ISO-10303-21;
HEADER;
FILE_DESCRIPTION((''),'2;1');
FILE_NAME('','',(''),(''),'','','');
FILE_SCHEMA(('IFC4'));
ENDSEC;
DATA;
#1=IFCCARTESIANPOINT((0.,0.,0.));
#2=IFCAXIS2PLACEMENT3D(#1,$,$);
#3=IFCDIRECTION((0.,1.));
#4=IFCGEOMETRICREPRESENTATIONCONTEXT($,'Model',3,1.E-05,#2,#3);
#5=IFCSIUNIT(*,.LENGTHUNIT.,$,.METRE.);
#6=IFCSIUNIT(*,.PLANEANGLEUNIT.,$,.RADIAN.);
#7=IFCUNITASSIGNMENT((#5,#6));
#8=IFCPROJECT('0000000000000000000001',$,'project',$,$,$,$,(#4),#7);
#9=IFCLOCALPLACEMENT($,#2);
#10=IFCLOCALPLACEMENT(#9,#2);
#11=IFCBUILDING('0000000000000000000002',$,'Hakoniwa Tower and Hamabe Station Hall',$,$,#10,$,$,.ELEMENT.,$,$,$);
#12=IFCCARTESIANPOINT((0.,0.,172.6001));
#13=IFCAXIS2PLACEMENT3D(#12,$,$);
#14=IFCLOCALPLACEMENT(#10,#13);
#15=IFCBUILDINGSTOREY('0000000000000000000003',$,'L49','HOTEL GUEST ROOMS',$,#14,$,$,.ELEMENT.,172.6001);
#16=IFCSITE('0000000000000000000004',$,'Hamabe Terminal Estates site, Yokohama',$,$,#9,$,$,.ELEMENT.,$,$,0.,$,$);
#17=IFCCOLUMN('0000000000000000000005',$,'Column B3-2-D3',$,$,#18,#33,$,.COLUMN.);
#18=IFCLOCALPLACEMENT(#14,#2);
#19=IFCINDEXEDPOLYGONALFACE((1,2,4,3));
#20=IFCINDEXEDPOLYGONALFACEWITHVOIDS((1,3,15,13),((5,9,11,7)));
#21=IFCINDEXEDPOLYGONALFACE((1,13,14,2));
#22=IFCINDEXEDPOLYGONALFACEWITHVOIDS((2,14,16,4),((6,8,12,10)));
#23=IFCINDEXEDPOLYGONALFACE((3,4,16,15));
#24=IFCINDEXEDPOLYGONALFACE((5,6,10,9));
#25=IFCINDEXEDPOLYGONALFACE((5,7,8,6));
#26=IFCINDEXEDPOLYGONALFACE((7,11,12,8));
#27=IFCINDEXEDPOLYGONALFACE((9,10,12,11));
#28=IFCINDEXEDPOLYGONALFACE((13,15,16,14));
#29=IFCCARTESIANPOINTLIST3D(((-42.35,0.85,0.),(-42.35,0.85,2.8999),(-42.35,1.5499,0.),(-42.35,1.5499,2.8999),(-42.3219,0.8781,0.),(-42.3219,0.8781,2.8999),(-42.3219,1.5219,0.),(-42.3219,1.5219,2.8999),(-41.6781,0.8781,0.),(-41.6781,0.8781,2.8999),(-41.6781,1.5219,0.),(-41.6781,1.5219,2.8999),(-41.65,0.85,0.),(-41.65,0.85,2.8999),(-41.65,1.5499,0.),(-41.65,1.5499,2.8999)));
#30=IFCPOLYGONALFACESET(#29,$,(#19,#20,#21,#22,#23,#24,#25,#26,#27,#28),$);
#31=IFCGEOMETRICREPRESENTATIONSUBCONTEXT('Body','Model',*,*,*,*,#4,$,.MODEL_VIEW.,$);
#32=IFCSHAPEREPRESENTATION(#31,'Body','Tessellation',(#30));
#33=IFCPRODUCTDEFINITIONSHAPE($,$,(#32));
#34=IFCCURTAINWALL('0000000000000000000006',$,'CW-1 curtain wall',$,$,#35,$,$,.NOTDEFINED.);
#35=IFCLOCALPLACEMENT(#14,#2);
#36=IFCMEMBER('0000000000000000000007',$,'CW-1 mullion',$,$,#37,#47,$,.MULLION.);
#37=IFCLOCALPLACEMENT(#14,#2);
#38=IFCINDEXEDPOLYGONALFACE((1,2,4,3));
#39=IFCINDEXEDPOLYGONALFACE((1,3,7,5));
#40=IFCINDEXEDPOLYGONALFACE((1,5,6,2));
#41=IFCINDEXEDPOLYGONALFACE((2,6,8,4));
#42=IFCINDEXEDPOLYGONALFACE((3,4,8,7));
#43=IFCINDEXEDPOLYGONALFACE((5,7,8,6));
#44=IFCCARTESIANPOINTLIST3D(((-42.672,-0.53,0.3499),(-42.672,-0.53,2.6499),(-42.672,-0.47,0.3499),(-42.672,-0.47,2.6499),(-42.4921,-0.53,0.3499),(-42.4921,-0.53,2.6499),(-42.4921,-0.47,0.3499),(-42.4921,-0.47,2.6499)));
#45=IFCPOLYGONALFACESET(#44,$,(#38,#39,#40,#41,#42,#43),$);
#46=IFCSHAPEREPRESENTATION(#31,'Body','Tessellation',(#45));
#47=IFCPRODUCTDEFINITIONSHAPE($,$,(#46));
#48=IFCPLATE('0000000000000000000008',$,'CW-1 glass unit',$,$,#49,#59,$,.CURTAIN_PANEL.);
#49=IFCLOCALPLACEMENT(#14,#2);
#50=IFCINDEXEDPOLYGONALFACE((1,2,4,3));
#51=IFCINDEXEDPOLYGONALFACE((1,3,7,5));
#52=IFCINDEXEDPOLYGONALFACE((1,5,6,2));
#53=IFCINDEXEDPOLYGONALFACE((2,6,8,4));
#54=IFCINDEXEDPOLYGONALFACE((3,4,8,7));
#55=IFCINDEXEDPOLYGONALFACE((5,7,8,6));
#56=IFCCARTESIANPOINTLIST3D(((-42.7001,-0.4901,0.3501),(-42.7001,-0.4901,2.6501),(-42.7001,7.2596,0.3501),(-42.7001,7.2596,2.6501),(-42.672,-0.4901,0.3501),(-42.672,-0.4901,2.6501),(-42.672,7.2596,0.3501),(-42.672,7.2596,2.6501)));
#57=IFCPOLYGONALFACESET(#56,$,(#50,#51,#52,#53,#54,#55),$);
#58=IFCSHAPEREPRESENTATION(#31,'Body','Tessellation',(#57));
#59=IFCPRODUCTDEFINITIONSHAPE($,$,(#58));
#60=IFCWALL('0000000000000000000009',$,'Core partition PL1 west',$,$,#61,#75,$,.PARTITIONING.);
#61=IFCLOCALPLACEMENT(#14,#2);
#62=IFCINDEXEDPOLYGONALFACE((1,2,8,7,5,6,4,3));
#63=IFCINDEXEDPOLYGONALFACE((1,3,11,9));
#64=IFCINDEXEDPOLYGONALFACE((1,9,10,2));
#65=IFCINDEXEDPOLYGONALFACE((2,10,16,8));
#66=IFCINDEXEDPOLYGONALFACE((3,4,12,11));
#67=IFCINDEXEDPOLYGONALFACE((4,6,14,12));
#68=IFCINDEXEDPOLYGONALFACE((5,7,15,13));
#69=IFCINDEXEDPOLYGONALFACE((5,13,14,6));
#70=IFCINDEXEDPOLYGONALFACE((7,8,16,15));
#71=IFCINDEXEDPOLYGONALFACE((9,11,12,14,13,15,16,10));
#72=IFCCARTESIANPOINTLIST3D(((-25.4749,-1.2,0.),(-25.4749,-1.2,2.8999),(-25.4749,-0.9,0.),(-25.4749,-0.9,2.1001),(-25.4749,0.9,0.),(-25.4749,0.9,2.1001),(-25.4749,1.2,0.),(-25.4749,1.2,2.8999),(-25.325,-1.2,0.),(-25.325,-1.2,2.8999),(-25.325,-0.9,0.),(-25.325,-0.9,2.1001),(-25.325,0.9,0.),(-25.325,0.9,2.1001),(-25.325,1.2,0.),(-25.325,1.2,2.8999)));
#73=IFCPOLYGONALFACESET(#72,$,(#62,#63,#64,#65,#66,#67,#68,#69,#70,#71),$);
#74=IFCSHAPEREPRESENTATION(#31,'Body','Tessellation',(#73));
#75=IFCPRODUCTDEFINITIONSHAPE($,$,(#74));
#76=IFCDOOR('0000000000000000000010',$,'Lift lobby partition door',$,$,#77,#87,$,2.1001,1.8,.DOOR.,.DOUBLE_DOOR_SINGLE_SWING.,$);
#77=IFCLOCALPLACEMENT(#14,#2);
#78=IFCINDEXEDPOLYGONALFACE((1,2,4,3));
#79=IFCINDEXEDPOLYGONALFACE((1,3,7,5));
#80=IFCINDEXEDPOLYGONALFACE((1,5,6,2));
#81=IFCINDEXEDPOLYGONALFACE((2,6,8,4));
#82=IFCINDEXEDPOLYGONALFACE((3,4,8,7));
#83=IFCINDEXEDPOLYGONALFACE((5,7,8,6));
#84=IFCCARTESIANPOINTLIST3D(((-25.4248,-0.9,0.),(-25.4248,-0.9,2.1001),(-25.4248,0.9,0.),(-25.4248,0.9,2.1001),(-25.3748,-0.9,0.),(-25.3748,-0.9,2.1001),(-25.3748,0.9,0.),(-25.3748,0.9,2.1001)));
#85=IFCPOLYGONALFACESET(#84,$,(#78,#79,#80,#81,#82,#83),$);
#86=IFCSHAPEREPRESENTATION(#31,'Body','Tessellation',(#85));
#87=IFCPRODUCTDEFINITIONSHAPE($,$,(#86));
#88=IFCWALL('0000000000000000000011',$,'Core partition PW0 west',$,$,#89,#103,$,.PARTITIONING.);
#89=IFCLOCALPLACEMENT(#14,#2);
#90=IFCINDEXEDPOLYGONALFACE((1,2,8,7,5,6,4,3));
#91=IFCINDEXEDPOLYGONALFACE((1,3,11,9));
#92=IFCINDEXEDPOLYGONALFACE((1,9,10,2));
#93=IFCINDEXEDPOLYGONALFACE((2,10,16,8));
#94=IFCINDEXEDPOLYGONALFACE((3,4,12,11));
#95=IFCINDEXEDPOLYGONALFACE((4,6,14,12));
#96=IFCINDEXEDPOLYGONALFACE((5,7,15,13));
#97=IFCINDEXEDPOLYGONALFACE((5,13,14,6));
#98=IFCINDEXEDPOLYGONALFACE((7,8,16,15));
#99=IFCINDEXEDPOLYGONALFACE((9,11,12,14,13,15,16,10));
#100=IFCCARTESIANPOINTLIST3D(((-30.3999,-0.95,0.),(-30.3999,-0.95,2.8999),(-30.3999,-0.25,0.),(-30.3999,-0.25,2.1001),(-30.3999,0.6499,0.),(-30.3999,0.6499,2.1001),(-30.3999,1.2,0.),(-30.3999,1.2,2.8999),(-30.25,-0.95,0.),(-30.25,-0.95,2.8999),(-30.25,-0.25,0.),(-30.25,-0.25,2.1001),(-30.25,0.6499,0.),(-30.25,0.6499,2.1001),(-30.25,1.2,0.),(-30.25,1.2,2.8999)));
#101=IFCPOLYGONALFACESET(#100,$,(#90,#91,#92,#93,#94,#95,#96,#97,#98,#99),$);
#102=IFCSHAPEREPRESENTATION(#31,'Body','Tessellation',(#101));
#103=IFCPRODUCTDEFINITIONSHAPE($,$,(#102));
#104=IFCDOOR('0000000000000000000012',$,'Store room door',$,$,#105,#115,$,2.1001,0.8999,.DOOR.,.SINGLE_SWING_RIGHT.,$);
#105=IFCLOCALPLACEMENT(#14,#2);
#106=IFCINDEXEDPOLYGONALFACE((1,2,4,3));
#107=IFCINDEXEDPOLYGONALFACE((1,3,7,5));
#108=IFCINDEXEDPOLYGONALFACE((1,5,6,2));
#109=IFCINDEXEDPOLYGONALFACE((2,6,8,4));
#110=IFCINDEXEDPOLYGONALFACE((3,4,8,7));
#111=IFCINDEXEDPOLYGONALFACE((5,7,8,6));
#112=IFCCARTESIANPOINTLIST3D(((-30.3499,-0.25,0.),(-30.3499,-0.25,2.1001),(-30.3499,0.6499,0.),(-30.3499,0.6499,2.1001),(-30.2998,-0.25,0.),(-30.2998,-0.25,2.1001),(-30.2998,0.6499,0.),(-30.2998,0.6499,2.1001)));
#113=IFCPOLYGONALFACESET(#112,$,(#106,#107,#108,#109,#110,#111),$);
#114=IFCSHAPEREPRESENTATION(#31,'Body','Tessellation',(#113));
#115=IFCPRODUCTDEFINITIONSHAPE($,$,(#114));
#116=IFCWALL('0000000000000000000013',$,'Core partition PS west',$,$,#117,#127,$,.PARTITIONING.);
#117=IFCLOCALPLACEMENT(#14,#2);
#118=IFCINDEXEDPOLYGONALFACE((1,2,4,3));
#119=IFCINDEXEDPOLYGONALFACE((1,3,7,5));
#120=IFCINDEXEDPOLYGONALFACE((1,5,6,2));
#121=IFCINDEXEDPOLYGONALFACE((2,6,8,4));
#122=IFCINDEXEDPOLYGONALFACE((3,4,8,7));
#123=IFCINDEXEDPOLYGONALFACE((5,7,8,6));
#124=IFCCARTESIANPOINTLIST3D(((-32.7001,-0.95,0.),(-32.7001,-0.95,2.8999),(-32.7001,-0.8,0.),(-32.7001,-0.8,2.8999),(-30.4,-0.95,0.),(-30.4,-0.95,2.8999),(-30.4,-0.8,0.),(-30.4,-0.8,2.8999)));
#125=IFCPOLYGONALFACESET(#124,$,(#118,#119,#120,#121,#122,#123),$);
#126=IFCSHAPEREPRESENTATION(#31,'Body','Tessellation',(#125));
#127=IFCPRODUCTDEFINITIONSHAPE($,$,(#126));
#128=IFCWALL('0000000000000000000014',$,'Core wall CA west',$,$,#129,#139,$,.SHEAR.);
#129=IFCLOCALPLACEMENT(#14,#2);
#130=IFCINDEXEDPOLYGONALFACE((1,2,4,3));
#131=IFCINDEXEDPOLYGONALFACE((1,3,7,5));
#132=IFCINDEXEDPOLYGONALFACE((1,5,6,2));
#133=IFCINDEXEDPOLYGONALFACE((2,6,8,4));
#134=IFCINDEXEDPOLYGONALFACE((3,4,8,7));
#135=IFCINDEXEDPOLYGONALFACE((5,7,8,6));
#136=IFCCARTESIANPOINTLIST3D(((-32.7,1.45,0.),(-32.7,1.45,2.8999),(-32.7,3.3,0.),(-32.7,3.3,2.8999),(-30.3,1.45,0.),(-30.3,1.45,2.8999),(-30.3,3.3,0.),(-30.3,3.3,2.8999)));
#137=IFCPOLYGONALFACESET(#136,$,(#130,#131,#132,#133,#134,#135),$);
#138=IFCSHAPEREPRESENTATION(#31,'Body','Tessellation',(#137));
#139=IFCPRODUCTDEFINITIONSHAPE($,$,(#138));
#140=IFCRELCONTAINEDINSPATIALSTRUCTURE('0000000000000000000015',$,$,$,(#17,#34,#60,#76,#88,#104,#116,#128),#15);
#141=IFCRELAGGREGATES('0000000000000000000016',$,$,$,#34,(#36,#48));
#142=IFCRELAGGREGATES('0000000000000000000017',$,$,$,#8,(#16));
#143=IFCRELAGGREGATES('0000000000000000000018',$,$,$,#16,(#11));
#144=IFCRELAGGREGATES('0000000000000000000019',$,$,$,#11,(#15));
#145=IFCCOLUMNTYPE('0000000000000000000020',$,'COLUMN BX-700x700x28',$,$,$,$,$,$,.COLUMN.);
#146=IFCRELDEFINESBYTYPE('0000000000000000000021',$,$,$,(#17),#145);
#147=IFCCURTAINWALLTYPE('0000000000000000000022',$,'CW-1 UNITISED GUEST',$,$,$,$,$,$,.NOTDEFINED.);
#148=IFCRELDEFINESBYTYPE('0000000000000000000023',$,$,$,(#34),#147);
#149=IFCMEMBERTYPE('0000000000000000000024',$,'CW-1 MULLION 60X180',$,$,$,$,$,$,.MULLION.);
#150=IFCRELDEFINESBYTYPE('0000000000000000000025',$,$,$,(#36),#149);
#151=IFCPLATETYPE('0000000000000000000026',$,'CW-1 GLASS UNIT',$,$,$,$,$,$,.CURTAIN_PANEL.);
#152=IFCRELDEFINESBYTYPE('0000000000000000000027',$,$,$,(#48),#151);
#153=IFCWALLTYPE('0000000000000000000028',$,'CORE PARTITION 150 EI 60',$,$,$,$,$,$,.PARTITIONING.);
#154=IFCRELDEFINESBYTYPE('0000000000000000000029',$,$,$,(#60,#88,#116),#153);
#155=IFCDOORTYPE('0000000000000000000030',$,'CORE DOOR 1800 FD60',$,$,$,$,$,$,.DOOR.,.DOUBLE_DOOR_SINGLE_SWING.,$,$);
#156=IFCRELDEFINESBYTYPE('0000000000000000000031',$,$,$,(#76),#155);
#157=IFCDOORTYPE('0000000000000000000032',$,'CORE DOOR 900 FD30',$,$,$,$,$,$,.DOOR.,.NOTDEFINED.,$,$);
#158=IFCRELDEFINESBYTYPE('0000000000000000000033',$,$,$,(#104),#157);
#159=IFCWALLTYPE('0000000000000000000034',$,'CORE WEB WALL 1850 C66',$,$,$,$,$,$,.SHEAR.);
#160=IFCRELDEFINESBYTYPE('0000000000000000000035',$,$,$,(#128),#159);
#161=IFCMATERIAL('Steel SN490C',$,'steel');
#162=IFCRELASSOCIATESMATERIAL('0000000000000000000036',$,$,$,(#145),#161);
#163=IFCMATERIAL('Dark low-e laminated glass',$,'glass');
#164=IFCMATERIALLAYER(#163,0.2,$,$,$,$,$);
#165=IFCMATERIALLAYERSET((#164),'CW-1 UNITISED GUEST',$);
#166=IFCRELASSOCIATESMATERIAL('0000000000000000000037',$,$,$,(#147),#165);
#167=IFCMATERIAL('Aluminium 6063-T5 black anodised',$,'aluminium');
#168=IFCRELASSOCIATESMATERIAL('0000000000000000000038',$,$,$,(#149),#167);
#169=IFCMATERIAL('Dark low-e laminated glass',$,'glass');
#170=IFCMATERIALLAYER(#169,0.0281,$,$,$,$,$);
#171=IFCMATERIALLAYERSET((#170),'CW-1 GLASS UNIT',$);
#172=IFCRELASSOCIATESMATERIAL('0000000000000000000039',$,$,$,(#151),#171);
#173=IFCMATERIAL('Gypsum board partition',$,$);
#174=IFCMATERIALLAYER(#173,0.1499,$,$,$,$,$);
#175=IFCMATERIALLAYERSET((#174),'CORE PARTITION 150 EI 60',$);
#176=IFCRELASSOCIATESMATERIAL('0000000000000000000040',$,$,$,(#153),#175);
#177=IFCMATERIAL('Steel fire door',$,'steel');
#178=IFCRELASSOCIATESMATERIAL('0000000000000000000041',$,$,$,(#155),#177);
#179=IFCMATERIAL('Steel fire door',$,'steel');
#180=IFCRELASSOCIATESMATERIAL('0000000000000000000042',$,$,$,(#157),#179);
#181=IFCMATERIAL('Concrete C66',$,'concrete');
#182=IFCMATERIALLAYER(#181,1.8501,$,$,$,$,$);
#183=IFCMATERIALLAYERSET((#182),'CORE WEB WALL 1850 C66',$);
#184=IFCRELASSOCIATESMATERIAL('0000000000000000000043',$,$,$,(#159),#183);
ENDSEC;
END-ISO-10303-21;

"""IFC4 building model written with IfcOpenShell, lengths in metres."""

from ifc_helpers import new_model, si_unit, direction, frame, frame_2d, origin, origin_2d, place, context, subcontext, project, spatial, rectangle, hollow_rectangle, extrude, material, layer, layer_set, material_profile, profile_set, type_object, element, fill, aggregate, save


model = new_model("IFC4")

# Units and contexts
model_context = context("Model", 3, precision=1e-05, world=origin(), true_north=direction((0.0, 1.0)))
body_context = subcontext(model_context, "Body", "Model", "MODEL_VIEW")
ifc_project = project(units=[si_unit("LENGTHUNIT", "METRE"), si_unit("PLANEANGLEUNIT", "RADIAN")], contexts=[model_context])

# Site, building, storey
site_placement = place(None, origin())
site = spatial("IfcSite", under=ifc_project, at=site_placement, Name="Hamabe Terminal Estates site, Yokohama", CompositionType="ELEMENT", RefElevation=0.0)
building_placement = place(site_placement, origin())
building = spatial("IfcBuilding", under=site, at=building_placement, Name="Hakoniwa Tower and Hamabe Station Hall", CompositionType="ELEMENT")
storey_placement = place(building_placement, frame((0.0, 0.0, 172.6001)))
storey = spatial("IfcBuildingStorey", under=building, at=storey_placement, Name="L49", Description="HOTEL GUEST ROOMS", CompositionType="ELEMENT", Elevation=172.6001)

# Column
ifc_material_1 = material(Name="Steel SN490C", Category="steel")
ifc_material_profile_1 = material_profile(ifc_material_1, hollow_rectangle(XDim=0.7, YDim=0.7, WallThickness=0.0281, at=origin_2d()), Name="BX-700x700x28")
ifc_profile_set_1 = profile_set([ifc_material_profile_1], Name="Steel SN490C")
column_type = type_object("IfcColumnType", Name="COLUMN BX-700x700x28", PredefinedType="COLUMN", material=ifc_profile_set_1)
column_placement = place(storey_placement, frame((-42.0, 1.2, 0.0), z_axis=(0.0, 0.0, 1.0), x_axis=(1.0, 0.0, 0.0)))
element("IfcColumn", 1, at=column_placement, inside=storey, type_object=column_type, Name="Column B3-2-D3", PredefinedType="COLUMN", context=body_context, shape_type="SweptSolid", body=[
    extrude(hollow_rectangle(XDim=0.7, YDim=0.7, WallThickness=0.0281, at=origin_2d()), origin(), (0.0, 0.0, 1.0), 2.8999),
])

# Curtain wall, member, plate
ifc_material_2 = material(Name="Dark low-e laminated glass", Category="glass")
ifc_layer_1 = layer(ifc_material_2, 0.2)
ifc_layer_set_1 = layer_set([ifc_layer_1], Name="CW-1 UNITISED GUEST")
curtain_wall_type = type_object("IfcCurtainWallType", Name="CW-1 UNITISED GUEST", PredefinedType="NOTDEFINED", material=ifc_layer_set_1)
curtain_wall_placement = place(storey_placement, origin())
curtain_wall = element("IfcCurtainWall", 2, at=curtain_wall_placement, inside=storey, type_object=curtain_wall_type, Name="CW-1 curtain wall", PredefinedType="NOTDEFINED")
ifc_material_3 = material(Name="Aluminium 6063-T5 black anodised", Category="aluminium")
ifc_material_profile_2 = material_profile(ifc_material_3, rectangle(XDim=0.0601, YDim=0.1799, at=origin_2d()), Name="CW-1 MULLION 60X180")
ifc_profile_set_2 = profile_set([ifc_material_profile_2], Name="Aluminium 6063-T5 black anodised")
member_type = type_object("IfcMemberType", Name="CW-1 MULLION 60X180", PredefinedType="MULLION", material=ifc_profile_set_2)
member_placement = place(storey_placement, frame((-42.582, -0.5, 0.3499), z_axis=(0.0, 0.0, 1.0), x_axis=(0.0, -1.0, 0.0)))
member = element("IfcMember", 3, at=member_placement, type_object=member_type, Name="CW-1 mullion", PredefinedType="MULLION", context=body_context, shape_type="SweptSolid", body=[
    extrude(rectangle(XDim=0.0601, YDim=0.1799, at=origin_2d()), origin(), (0.0, 0.0, 1.0), 2.3),
])
ifc_material_4 = material(Name="Dark low-e laminated glass", Category="glass")
ifc_layer_2 = layer(ifc_material_4, 0.0281)
ifc_layer_set_2 = layer_set([ifc_layer_2], Name="CW-1 GLASS UNIT")
plate_type = type_object("IfcPlateType", Name="CW-1 GLASS UNIT", PredefinedType="CURTAIN_PANEL", material=ifc_layer_set_2)
plate_placement = place(storey_placement, frame((-42.686, 3.3848, 0.3501), z_axis=(0.0, 0.0, 1.0), x_axis=(0.0, -1.0, 0.0)))
plate = element("IfcPlate", 4, at=plate_placement, type_object=plate_type, Name="CW-1 glass unit", PredefinedType="CURTAIN_PANEL", context=body_context, shape_type="SweptSolid", body=[
    extrude(rectangle(XDim=7.7498, YDim=0.0281, at=origin_2d()), origin(), (0.0, 0.0, 1.0), 2.3),
])
aggregate(curtain_wall, [member, plate])

# Walls, openings, doors
ifc_material_5 = material(Name="Gypsum board partition")
ifc_layer_3 = layer(ifc_material_5, 0.1499)
ifc_layer_set_3 = layer_set([ifc_layer_3], Name="CORE PARTITION 150 EI 60")
wall_type_1 = type_object("IfcWallType", Name="CORE PARTITION 150 EI 60", PredefinedType="PARTITIONING", material=ifc_layer_set_3)
wall_1_placement = place(storey_placement, frame((-25.3999, -1.2, 0.0), z_axis=(0.0, 0.0, 1.0), x_axis=(0.0, 1.0, 0.0)))
wall_1 = element("IfcWall", 5, at=wall_1_placement, inside=storey, type_object=wall_type_1, Name="Core partition PL1 west", PredefinedType="PARTITIONING", context=body_context, shape_type="SweptSolid", body=[
    extrude(rectangle(XDim=2.3999, YDim=0.1499, at=frame_2d((1.2, 0.0))), origin(), (0.0, 0.0, 1.0), 2.8999),
])
opening_1_placement = place(wall_1_placement, frame((0.3, 0.0, 0.0)))
opening_1 = element("IfcOpeningElement", 6, at=opening_1_placement, cuts=wall_1, PredefinedType="OPENING", context=body_context, shape_type="SweptSolid", body=[
    extrude(rectangle(XDim=1.8, YDim=2.1001, at=frame_2d((0.8999, 1.05))), frame((0.0, 0.085, 0.0), z_axis=(0.0, -1.0, 0.0), x_axis=(1.0, 0.0, 0.0)), (0.0, 0.0, 1.0), 0.1699),
])
ifc_material_6 = material(Name="Steel fire door", Category="steel")
door_type_1 = type_object("IfcDoorType", Name="CORE DOOR 1800 FD60", OperationType="DOUBLE_DOOR_SINGLE_SWING", PredefinedType="DOOR", material=ifc_material_6)
door_1_placement = place(opening_1_placement, origin())
door_1 = element("IfcDoor", 7, at=door_1_placement, inside=storey, type_object=door_type_1, Name="Lift lobby partition door", OperationType="DOUBLE_DOOR_SINGLE_SWING", OverallHeight=2.1001, OverallWidth=1.8, PredefinedType="DOOR", context=body_context, shape_type="SweptSolid", body=[
    extrude(rectangle(XDim=1.8, YDim=2.1001, at=frame_2d((0.8999, 1.05))), frame((0.0, 0.0249, 0.0), z_axis=(0.0, -1.0, 0.0), x_axis=(1.0, 0.0, 0.0)), (0.0, 0.0, 1.0), 0.05),
])
fill(opening_1, door_1)
wall_2_placement = place(storey_placement, frame((-30.325, -0.95, 0.0), z_axis=(0.0, 0.0, 1.0), x_axis=(0.0, 1.0, 0.0)))
wall_2 = element("IfcWall", 8, at=wall_2_placement, inside=storey, type_object=wall_type_1, Name="Core partition PW0 west", PredefinedType="PARTITIONING", context=body_context, shape_type="SweptSolid", body=[
    extrude(rectangle(XDim=2.1499, YDim=0.1499, at=frame_2d((1.075, 0.0))), origin(), (0.0, 0.0, 1.0), 2.8999),
])
opening_2_placement = place(wall_2_placement, frame((0.7, 0.0, 0.0)))
opening_2 = element("IfcOpeningElement", 9, at=opening_2_placement, cuts=wall_2, PredefinedType="OPENING", context=body_context, shape_type="SweptSolid", body=[
    extrude(rectangle(XDim=0.8999, YDim=2.1001, at=frame_2d((0.45, 1.05))), frame((0.0, 0.085, 0.0), z_axis=(0.0, -1.0, 0.0), x_axis=(1.0, 0.0, 0.0)), (0.0, 0.0, 1.0), 0.1699),
])
ifc_material_7 = material(Name="Steel fire door", Category="steel")
door_type_2 = type_object("IfcDoorType", Name="CORE DOOR 900 FD30", OperationType="NOTDEFINED", PredefinedType="DOOR", material=ifc_material_7)
door_2_placement = place(opening_2_placement, origin())
door_2 = element("IfcDoor", 10, at=door_2_placement, inside=storey, type_object=door_type_2, Name="Store room door", OperationType="SINGLE_SWING_RIGHT", OverallHeight=2.1001, OverallWidth=0.8999, PredefinedType="DOOR", context=body_context, shape_type="SweptSolid", body=[
    extrude(rectangle(XDim=0.8999, YDim=2.1001, at=frame_2d((0.45, 1.05))), frame((0.0, 0.0249, 0.0), z_axis=(0.0, -1.0, 0.0), x_axis=(1.0, 0.0, 0.0)), (0.0, 0.0, 1.0), 0.05),
])
fill(opening_2, door_2)

# Walls
wall_3_placement = place(storey_placement, frame((-32.7, -0.875, 0.0), z_axis=(0.0, 0.0, 1.0), x_axis=(1.0, 0.0, 0.0)))
element("IfcWall", 11, at=wall_3_placement, inside=storey, type_object=wall_type_1, Name="Core partition PS west", PredefinedType="PARTITIONING", context=body_context, shape_type="SweptSolid", body=[
    extrude(rectangle(XDim=2.3, YDim=0.1499, at=frame_2d((1.1499, 0.0))), origin(), (0.0, 0.0, 1.0), 2.8999),
])
ifc_material_8 = material(Name="Concrete C66", Category="concrete")
ifc_layer_4 = layer(ifc_material_8, 1.8501)
ifc_layer_set_4 = layer_set([ifc_layer_4], Name="CORE WEB WALL 1850 C66")
wall_type_2 = type_object("IfcWallType", Name="CORE WEB WALL 1850 C66", PredefinedType="SHEAR", material=ifc_layer_set_4)
wall_4_placement = place(storey_placement, frame((-32.7, 2.375, 0.0), z_axis=(0.0, 0.0, 1.0), x_axis=(1.0, 0.0, 0.0)))
element("IfcWall", 12, at=wall_4_placement, inside=storey, type_object=wall_type_2, Name="Core wall CA west", PredefinedType="SHEAR", context=body_context, shape_type="SweptSolid", body=[
    extrude(rectangle(XDim=2.3999, YDim=1.8501, at=frame_2d((1.2, 0.0))), origin(), (0.0, 0.0, 1.0), 2.8999),
])

save(model, "model.ifc")
